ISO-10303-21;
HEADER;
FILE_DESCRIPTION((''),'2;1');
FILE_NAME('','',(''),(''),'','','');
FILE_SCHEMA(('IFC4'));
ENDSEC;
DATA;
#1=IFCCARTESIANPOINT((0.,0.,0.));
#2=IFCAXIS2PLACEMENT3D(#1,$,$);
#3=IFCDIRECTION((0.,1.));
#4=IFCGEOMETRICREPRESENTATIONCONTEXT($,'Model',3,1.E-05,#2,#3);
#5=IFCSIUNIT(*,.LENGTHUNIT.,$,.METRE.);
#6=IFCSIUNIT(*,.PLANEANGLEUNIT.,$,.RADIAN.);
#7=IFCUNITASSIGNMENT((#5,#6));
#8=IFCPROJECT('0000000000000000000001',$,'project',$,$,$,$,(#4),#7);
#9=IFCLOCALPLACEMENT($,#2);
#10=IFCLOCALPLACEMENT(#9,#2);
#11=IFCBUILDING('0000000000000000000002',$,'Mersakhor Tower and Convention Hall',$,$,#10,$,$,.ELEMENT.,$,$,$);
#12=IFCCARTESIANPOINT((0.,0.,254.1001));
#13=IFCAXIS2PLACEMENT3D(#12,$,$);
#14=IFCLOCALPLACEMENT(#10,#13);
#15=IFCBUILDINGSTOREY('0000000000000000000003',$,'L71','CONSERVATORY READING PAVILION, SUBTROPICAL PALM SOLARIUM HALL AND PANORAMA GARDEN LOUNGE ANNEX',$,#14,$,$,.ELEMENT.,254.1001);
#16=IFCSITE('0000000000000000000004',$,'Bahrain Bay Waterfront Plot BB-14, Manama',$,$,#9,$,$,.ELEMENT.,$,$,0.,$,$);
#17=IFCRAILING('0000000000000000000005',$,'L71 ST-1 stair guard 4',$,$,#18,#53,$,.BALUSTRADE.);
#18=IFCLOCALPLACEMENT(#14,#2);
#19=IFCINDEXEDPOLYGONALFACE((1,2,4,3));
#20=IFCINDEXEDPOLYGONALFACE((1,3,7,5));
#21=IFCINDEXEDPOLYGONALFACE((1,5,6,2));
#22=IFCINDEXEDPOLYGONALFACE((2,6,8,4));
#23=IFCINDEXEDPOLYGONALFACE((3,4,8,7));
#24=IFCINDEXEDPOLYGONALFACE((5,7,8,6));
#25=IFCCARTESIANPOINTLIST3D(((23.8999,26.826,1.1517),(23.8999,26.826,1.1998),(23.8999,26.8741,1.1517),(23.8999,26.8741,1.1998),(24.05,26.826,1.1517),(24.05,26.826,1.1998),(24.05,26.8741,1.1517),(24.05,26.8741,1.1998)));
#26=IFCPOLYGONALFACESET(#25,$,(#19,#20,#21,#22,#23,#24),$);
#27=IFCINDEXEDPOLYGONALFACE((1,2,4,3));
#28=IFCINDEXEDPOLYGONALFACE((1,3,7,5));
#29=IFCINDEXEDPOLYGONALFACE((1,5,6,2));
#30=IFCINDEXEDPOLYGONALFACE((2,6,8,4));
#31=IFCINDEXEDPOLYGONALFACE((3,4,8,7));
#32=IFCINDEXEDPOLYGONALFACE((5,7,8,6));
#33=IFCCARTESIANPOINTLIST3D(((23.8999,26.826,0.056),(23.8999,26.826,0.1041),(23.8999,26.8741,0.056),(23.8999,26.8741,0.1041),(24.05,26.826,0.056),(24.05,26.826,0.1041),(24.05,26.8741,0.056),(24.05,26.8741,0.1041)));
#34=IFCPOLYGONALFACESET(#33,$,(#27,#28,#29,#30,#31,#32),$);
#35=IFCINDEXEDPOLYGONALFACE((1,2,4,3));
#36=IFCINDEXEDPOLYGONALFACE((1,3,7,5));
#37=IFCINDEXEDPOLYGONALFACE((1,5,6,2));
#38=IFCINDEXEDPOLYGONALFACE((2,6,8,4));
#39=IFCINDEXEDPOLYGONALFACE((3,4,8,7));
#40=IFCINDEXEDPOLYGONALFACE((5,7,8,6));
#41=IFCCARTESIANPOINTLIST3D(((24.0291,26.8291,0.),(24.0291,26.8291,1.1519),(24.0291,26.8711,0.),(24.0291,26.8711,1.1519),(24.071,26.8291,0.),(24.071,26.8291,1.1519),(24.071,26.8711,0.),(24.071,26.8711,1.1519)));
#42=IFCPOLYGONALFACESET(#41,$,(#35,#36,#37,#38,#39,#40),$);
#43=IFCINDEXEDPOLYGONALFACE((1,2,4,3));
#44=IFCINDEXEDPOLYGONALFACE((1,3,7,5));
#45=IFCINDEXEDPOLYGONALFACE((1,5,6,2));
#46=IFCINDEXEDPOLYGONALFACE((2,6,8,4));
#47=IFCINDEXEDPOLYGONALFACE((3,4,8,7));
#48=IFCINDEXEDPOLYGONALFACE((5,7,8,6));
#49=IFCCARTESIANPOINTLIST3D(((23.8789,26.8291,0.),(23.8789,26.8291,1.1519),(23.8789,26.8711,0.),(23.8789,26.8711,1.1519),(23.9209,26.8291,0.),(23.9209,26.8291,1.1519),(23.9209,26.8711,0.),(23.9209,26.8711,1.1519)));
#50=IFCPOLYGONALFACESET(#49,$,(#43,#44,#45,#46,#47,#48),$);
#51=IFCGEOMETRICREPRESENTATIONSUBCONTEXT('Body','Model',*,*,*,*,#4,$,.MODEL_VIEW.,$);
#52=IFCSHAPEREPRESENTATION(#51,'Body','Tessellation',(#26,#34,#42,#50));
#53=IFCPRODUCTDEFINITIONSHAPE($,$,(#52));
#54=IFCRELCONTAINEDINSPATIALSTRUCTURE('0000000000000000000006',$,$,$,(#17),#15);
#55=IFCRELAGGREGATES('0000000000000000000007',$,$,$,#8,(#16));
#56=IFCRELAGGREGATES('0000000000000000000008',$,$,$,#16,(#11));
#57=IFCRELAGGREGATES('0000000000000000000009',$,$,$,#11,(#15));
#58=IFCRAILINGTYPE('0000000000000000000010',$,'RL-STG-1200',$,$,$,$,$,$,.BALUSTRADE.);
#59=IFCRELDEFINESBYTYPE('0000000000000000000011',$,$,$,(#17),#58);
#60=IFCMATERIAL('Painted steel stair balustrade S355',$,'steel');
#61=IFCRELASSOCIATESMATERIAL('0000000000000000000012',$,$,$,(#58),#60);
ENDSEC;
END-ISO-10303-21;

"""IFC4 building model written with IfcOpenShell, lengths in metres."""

from ifc_helpers import new_model, si_unit, direction, frame, origin, origin_2d, place, context, subcontext, project, spatial, rectangle, extrude, material, type_object, element, save


model = new_model("IFC4")

# Units and contexts
model_context = context("Model", 3, precision=1e-05, world=origin(), true_north=direction((0.0, 1.0)))
body_context = subcontext(model_context, "Body", "Model", "MODEL_VIEW")
ifc_project = project(units=[si_unit("LENGTHUNIT", "METRE"), si_unit("PLANEANGLEUNIT", "RADIAN")], contexts=[model_context])

# Site, building, storey
site_placement = place(None, origin())
site = spatial("IfcSite", under=ifc_project, at=site_placement, Name="Bahrain Bay Waterfront Plot BB-14, Manama", CompositionType="ELEMENT", RefElevation=0.0)
building_placement = place(site_placement, origin())
building = spatial("IfcBuilding", under=site, at=building_placement, Name="Mersakhor Tower and Convention Hall", CompositionType="ELEMENT")
storey_placement = place(building_placement, frame((0.0, 0.0, 254.1001)))
storey = spatial("IfcBuildingStorey", under=building, at=storey_placement, Name="L71", Description="CONSERVATORY READING PAVILION, SUBTROPICAL PALM SOLARIUM HALL AND PANORAMA GARDEN LOUNGE ANNEX", CompositionType="ELEMENT", Elevation=254.1001)

# Railing
ifc_material_1 = material(Name="Painted steel stair balustrade S355", Category="steel")
railing_type_1 = type_object("IfcRailingType", Name="RL-STG-1200", PredefinedType="BALUSTRADE", material=ifc_material_1)
railing_1_placement = place(storey_placement, frame((24.05, 26.8501, 0.0)))
element("IfcRailing", 1, at=railing_1_placement, inside=storey, type_object=railing_type_1, Name="L71 ST-1 stair guard 4", PredefinedType="BALUSTRADE", context=body_context, shape_type="SweptSolid", body=[
    extrude(rectangle(XDim=0.0481, YDim=0.0481, at=origin_2d()), frame((0.0, 0.0, 1.1758), z_axis=(-1.0, 0.0, 0.0), x_axis=(0.0, -1.0, 0.0)), (0.0, 0.0, 1.0), 0.1501),
    extrude(rectangle(XDim=0.0481, YDim=0.0481, at=origin_2d()), frame((0.0, 0.0, 0.0801), z_axis=(-1.0, 0.0, 0.0), x_axis=(0.0, -1.0, 0.0)), (0.0, 0.0, 1.0), 0.1501),
    extrude(rectangle(XDim=0.042, YDim=0.042, at=origin_2d()), origin(), (0.0, 0.0, 1.0), 1.1519),
    extrude(rectangle(XDim=0.042, YDim=0.042, at=origin_2d()), frame((-0.1501, 0.0, 0.0)), (0.0, 0.0, 1.0), 1.1519),
])

save(model, "model.ifc")
